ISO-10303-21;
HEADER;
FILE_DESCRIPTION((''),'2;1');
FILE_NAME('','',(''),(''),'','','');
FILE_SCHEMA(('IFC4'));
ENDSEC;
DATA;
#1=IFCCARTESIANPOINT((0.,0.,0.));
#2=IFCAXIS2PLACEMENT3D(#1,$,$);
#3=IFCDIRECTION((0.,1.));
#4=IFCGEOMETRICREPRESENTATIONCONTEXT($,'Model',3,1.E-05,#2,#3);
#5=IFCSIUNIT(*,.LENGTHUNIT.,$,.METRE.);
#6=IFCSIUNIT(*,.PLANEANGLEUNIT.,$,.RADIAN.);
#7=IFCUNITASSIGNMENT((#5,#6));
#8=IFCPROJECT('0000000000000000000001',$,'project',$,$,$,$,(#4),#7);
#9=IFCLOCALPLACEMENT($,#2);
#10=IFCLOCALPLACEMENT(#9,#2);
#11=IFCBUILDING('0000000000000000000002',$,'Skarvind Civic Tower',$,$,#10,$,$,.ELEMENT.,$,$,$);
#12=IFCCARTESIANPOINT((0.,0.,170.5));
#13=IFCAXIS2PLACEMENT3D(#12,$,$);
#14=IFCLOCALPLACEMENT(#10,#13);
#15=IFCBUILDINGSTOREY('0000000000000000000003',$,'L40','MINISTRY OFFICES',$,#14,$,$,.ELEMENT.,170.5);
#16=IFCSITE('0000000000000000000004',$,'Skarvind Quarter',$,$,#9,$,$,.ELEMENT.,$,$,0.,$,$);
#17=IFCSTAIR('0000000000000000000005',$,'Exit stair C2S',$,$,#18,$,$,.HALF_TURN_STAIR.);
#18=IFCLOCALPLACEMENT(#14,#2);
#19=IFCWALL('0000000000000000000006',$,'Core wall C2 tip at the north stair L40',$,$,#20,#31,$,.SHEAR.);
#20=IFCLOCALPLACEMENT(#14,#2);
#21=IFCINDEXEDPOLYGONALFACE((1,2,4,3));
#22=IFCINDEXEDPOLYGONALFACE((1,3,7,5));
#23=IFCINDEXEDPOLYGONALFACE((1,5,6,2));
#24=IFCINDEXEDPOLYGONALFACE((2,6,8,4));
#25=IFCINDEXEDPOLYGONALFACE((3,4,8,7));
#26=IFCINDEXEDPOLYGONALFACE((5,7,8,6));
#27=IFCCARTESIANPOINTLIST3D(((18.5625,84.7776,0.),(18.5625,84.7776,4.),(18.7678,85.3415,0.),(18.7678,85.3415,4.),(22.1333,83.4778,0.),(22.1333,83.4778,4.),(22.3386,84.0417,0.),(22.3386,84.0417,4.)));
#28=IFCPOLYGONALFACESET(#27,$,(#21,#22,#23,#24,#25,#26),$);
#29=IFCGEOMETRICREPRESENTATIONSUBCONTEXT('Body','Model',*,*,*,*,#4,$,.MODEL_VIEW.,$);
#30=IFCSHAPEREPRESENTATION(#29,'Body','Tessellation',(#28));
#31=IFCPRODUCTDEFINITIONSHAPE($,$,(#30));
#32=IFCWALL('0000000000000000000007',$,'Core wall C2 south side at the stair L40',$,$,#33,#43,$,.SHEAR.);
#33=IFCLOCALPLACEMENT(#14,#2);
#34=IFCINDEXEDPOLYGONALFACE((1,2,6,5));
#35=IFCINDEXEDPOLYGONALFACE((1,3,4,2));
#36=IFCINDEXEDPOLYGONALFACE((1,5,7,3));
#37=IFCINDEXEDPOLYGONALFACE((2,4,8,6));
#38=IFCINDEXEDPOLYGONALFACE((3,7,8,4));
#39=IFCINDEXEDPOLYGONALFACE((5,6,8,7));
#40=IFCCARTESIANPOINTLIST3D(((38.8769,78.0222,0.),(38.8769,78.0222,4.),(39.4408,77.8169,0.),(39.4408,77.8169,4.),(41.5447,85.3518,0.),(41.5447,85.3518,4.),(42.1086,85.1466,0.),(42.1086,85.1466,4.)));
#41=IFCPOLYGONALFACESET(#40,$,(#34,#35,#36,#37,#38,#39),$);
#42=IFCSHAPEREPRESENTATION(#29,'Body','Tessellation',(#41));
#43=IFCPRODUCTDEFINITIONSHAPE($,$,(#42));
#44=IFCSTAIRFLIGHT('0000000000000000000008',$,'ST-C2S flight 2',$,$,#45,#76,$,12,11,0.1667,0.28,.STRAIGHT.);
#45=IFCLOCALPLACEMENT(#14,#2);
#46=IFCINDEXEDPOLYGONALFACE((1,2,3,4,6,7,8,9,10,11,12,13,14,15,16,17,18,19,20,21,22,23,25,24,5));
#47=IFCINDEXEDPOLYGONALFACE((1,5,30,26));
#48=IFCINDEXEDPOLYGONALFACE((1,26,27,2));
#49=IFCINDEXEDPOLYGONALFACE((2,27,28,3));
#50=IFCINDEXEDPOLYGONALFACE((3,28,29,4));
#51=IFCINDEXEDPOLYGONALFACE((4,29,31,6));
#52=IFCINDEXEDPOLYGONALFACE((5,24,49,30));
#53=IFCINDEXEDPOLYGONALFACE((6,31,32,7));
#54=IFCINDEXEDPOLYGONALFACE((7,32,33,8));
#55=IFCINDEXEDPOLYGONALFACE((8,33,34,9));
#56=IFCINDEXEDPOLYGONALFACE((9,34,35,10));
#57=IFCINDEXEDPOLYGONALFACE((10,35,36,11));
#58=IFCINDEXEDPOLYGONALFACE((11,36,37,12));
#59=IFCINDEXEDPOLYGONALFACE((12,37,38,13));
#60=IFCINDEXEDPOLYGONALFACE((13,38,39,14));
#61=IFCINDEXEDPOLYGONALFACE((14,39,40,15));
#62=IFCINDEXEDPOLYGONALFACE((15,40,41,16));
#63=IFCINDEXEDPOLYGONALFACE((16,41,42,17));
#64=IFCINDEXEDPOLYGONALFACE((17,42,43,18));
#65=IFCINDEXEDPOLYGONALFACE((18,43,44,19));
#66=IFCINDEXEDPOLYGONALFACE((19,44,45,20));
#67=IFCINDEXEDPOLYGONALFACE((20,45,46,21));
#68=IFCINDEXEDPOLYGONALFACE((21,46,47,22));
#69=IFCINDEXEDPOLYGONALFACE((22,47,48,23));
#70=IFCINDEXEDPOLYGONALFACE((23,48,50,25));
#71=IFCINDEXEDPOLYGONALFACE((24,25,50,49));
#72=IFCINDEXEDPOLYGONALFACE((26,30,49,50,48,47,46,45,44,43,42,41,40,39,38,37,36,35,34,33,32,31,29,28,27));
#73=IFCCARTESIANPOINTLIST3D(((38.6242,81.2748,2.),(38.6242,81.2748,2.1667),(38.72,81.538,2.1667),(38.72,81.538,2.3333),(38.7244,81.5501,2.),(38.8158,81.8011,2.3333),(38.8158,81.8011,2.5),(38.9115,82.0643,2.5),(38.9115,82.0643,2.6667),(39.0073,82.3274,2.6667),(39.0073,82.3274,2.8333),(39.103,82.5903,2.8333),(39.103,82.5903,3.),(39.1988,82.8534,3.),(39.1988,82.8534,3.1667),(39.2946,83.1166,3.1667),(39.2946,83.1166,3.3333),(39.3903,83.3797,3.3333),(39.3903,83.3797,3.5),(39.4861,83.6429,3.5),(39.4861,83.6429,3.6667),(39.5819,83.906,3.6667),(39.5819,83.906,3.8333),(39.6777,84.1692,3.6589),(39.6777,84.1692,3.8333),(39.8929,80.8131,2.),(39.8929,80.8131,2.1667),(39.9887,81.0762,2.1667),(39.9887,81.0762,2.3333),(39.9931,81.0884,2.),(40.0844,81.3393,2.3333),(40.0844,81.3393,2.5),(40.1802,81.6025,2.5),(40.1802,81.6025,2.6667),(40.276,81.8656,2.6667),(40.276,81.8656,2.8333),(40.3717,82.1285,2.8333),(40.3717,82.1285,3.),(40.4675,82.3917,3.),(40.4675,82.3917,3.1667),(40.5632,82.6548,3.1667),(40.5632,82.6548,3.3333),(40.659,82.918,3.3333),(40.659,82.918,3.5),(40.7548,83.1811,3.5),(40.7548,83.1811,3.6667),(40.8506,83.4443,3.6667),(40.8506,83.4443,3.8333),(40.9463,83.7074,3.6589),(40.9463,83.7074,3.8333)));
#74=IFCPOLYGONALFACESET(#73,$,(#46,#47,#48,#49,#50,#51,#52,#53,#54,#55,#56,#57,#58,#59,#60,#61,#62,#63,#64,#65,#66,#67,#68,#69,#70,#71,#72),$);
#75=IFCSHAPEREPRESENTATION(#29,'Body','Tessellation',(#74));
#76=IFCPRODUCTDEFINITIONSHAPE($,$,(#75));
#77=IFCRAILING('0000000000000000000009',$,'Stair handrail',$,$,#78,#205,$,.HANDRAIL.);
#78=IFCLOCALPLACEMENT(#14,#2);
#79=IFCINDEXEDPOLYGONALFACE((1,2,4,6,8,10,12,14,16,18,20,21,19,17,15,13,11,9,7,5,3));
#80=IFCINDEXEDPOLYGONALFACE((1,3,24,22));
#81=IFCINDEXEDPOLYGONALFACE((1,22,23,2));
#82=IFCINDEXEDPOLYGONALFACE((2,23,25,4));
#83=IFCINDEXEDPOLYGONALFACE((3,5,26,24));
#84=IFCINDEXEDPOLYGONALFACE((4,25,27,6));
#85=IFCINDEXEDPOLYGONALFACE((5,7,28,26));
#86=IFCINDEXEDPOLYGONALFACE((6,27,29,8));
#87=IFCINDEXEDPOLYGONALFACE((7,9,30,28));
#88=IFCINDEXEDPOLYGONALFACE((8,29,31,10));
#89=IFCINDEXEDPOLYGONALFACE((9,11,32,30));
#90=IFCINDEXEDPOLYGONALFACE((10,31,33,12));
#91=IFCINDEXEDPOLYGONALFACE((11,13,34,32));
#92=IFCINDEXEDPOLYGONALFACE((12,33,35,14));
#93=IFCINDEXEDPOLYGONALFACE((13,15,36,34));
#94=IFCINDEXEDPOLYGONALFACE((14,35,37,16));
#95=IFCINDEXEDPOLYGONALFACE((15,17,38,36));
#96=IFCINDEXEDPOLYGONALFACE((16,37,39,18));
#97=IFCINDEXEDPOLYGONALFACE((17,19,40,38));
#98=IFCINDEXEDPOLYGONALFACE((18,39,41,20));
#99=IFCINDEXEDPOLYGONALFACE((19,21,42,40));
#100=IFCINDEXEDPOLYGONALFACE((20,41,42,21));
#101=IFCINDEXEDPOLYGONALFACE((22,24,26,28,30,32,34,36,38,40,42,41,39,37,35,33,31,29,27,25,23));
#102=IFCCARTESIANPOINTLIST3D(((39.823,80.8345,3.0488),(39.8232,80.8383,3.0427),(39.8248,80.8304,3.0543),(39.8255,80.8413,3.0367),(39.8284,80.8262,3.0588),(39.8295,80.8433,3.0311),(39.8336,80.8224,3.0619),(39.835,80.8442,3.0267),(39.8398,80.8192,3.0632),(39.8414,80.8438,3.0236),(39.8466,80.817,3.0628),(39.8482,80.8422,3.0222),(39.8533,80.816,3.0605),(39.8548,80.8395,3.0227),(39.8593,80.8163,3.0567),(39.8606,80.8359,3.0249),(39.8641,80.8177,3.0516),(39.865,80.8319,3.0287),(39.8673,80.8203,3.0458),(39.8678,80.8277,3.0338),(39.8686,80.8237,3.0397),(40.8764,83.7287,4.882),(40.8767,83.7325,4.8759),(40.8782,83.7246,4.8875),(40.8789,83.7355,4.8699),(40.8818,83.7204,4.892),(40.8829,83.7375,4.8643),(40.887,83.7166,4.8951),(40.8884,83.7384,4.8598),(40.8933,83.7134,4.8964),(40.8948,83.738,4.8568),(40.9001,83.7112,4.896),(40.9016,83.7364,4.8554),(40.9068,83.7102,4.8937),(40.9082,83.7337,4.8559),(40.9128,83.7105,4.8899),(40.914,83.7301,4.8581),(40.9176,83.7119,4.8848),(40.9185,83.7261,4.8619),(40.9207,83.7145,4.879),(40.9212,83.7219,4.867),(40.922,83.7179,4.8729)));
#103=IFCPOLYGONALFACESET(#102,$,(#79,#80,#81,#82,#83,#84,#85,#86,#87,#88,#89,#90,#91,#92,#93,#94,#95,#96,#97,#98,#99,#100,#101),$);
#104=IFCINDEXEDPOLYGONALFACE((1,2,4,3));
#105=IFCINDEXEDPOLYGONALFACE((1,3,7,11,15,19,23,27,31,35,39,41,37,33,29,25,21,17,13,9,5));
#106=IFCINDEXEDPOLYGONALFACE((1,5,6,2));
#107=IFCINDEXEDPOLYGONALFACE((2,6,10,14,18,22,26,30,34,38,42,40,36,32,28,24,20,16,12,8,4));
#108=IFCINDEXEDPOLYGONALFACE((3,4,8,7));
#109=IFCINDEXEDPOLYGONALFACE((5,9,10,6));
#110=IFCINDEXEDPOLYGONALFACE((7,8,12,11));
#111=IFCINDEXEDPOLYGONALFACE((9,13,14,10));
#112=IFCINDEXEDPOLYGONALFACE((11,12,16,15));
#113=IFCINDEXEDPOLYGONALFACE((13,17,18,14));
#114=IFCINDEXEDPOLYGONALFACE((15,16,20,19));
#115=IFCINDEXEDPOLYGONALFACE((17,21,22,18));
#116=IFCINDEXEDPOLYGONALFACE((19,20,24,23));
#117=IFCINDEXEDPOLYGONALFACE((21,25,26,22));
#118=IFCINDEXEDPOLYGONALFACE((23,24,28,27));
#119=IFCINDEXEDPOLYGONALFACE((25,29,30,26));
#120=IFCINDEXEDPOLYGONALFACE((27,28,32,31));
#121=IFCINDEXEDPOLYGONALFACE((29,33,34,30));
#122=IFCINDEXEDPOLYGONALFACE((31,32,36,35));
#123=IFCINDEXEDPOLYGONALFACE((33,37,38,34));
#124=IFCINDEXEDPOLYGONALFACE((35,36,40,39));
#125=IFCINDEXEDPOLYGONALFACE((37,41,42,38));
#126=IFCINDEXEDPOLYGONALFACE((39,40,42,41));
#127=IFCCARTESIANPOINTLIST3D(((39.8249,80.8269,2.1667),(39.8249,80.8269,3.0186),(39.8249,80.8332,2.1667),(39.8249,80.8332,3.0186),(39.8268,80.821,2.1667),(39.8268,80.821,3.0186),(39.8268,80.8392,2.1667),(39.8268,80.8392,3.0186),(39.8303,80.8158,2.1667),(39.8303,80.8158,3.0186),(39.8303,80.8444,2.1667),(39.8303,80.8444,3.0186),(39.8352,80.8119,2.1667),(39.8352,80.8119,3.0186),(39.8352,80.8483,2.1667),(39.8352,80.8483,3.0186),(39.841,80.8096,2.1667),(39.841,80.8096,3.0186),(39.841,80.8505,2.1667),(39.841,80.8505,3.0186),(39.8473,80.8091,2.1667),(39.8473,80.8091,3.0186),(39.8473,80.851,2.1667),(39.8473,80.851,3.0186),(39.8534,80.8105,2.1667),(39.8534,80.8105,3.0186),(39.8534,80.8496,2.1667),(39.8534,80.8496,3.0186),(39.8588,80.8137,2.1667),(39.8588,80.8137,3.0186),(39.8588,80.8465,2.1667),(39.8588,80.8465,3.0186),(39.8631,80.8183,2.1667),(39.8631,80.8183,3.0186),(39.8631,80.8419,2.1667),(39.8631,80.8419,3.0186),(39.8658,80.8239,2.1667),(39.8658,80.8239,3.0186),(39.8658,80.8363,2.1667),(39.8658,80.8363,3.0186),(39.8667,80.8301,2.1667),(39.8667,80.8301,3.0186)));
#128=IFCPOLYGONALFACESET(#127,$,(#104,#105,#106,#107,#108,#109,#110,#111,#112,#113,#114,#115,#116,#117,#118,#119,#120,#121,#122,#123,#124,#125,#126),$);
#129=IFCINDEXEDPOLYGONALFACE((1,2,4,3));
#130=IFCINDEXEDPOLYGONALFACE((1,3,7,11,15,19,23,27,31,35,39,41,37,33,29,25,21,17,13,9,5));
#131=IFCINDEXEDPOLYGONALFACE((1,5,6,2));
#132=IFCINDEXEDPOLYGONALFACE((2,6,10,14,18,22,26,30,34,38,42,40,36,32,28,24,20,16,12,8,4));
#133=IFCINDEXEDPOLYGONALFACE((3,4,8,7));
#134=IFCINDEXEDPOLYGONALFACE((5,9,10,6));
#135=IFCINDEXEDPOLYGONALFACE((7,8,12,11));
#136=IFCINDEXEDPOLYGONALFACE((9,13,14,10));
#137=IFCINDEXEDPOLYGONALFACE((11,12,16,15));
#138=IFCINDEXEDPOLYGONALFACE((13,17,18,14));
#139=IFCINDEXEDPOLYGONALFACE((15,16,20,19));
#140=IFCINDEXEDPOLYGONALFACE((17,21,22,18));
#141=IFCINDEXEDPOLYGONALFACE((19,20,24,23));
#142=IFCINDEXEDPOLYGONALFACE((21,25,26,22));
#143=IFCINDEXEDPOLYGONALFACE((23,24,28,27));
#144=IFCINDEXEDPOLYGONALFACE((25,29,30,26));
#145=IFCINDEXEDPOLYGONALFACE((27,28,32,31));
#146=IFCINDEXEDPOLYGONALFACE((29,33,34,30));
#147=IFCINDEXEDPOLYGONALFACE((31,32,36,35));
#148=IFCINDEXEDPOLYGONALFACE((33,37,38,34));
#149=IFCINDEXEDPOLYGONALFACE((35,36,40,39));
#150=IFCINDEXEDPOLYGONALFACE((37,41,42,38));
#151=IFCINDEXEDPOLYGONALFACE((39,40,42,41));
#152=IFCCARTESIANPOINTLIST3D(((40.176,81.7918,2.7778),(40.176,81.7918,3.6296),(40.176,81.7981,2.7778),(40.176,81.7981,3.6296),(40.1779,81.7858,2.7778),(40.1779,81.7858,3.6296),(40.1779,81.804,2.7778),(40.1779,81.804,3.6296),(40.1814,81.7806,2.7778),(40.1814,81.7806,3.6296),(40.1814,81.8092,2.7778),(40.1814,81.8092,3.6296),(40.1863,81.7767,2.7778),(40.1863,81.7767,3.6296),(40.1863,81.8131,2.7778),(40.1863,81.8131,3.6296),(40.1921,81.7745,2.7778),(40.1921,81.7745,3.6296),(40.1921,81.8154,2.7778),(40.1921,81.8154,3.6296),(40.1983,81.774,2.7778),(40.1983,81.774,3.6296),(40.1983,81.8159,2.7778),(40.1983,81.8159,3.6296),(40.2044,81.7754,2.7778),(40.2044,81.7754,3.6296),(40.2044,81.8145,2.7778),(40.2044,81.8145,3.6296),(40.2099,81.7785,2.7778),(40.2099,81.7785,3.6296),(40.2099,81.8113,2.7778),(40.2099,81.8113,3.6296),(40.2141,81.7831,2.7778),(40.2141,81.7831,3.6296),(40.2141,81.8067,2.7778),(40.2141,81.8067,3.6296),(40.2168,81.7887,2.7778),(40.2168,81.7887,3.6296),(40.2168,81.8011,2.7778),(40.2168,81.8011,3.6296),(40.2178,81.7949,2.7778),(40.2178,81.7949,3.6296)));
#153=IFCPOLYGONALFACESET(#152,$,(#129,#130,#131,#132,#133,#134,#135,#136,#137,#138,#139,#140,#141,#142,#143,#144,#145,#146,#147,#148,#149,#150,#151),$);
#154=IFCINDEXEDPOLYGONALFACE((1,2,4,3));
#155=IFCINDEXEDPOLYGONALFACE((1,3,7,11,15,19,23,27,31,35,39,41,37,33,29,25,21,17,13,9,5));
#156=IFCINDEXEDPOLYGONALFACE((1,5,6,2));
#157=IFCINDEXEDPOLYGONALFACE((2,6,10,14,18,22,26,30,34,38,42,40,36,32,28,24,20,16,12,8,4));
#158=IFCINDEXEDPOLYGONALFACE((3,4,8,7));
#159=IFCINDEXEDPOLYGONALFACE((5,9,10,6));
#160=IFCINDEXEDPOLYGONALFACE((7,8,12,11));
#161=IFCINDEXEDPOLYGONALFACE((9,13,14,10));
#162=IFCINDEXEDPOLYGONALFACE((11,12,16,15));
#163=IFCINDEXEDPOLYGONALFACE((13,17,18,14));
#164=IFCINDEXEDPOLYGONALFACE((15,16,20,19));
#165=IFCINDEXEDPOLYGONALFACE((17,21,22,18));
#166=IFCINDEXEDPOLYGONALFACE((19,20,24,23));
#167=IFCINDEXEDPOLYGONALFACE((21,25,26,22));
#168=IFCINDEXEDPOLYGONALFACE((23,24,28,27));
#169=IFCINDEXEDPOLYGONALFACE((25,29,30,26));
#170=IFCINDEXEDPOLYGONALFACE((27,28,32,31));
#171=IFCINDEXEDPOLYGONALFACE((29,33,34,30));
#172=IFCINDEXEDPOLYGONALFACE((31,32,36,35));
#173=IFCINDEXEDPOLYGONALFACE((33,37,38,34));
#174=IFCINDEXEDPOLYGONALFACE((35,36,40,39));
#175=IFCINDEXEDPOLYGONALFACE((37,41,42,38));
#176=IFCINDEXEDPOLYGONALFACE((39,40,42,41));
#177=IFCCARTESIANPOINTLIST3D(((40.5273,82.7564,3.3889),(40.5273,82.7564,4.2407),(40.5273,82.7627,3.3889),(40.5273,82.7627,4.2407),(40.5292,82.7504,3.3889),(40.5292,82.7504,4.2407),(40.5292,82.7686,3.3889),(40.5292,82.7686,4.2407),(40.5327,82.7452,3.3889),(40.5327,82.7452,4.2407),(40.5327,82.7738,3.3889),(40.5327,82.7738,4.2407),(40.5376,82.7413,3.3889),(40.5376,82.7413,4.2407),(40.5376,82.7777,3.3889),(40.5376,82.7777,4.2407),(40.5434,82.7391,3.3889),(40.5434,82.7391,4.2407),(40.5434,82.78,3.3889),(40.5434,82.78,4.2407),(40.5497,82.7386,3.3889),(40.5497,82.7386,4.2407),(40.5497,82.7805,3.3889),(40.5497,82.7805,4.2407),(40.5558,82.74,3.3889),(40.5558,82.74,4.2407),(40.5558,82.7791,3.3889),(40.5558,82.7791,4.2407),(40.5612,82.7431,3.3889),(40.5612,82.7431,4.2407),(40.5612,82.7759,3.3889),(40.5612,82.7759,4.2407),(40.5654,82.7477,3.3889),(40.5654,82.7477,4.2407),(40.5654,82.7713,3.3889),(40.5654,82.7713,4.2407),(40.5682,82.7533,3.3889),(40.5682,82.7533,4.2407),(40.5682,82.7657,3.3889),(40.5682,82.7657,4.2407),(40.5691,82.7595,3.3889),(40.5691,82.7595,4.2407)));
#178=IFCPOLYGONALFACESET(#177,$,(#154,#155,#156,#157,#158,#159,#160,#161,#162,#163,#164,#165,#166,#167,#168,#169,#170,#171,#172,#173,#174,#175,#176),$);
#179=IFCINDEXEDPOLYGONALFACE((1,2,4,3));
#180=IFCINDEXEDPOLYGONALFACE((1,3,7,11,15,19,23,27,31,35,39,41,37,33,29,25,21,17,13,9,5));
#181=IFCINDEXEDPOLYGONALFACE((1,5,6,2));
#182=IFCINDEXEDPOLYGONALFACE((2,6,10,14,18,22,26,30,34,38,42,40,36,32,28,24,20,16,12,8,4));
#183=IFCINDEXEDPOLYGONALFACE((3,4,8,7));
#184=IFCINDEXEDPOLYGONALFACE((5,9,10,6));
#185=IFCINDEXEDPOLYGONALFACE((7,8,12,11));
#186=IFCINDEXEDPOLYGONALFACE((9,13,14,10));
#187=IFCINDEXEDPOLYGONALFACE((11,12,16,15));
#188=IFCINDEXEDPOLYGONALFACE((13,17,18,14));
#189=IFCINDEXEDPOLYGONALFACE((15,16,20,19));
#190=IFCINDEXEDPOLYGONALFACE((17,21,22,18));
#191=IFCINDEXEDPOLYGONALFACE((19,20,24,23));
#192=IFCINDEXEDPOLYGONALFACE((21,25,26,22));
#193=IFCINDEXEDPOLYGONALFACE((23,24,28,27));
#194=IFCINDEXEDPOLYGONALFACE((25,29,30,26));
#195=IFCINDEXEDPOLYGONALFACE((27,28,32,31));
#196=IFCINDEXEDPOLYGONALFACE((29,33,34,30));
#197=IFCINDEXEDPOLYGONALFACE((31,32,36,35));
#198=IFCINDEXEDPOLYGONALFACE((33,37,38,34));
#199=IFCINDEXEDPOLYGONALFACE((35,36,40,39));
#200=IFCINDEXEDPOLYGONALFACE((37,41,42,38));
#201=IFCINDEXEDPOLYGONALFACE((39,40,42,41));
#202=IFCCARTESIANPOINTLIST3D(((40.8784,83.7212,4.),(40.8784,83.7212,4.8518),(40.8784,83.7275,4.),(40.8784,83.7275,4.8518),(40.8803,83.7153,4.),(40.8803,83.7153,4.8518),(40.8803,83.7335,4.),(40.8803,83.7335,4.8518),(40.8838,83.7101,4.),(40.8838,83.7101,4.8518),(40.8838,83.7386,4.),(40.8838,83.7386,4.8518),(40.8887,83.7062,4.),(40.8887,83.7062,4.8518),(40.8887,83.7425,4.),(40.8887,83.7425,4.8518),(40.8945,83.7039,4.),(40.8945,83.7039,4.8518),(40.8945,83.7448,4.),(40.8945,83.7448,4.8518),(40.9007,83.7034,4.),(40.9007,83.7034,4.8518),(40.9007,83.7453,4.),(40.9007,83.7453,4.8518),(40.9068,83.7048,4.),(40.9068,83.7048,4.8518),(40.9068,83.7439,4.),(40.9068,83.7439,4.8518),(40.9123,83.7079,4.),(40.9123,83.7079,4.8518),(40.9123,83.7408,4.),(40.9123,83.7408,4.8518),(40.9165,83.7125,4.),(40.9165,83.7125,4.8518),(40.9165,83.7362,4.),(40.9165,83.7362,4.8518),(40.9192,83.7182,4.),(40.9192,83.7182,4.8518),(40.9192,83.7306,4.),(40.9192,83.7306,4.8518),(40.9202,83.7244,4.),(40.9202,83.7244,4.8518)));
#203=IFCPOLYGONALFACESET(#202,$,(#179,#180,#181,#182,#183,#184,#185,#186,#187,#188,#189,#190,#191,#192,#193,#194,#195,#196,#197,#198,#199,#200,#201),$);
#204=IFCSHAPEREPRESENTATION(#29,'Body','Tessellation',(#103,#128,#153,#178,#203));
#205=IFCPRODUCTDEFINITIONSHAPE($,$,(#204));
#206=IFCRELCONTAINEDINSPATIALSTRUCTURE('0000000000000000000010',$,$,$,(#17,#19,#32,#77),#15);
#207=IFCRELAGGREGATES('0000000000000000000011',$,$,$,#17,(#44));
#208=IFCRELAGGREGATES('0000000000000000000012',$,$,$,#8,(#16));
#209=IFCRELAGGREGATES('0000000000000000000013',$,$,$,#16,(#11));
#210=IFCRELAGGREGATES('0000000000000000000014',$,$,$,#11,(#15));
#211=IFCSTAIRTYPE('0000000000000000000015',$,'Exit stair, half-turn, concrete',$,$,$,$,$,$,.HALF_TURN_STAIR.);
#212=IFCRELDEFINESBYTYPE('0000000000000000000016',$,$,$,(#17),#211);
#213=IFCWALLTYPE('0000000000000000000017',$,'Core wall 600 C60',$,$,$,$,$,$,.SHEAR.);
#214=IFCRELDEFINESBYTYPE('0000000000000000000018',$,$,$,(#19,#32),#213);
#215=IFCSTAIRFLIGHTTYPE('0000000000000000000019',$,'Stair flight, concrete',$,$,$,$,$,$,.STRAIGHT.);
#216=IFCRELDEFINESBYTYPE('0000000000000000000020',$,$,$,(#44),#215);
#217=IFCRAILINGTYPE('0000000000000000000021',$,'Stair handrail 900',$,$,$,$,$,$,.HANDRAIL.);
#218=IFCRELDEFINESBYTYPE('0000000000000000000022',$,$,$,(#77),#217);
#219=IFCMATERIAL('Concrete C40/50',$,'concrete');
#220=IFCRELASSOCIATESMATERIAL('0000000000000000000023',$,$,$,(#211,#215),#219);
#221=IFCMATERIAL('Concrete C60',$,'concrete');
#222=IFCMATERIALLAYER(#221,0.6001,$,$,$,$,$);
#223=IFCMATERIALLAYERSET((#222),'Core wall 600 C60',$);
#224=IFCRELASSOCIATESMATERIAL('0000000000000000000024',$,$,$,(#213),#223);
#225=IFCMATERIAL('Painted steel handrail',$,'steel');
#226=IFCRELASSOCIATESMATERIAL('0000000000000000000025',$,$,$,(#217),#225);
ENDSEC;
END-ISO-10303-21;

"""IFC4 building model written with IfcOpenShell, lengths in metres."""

from ifc_helpers import new_model, si_unit, direction, frame, frame_2d, origin, origin_2d, place, context, subcontext, project, spatial, polyline, rectangle, circle, outline, extrude, material, layer, layer_set, type_object, element, aggregate, save


model = new_model("IFC4")

# Units and contexts
model_context = context("Model", 3, precision=1e-05, world=origin(), true_north=direction((0.0, 1.0)))
body_context = subcontext(model_context, "Body", "Model", "MODEL_VIEW")
ifc_project = project(units=[si_unit("LENGTHUNIT", "METRE"), si_unit("PLANEANGLEUNIT", "RADIAN")], contexts=[model_context])

# Site, building, storey
site_placement = place(None, origin())
site = spatial("IfcSite", under=ifc_project, at=site_placement, Name="Skarvind Quarter", CompositionType="ELEMENT", RefElevation=0.0)
building_placement = place(site_placement, origin())
building = spatial("IfcBuilding", under=site, at=building_placement, Name="Skarvind Civic Tower", CompositionType="ELEMENT")
storey_placement = place(building_placement, frame((0.0, 0.0, 170.5)))
storey = spatial("IfcBuildingStorey", under=building, at=storey_placement, Name="L40", Description="MINISTRY OFFICES", CompositionType="ELEMENT", Elevation=170.5)

# Shared definitions
ifc_material_1 = material(Name="Concrete C40/50", Category="concrete")

# Stair
stair_type_1 = type_object("IfcStairType", Name="Exit stair, half-turn, concrete", PredefinedType="HALF_TURN_STAIR", material=ifc_material_1)
stair_1_placement = place(storey_placement, origin())
stair_1 = element("IfcStair", 1, at=stair_1_placement, inside=storey, type_object=stair_type_1, Name="Exit stair C2S", PredefinedType="HALF_TURN_STAIR")

# Shared definitions
ifc_material_2 = material(Name="Concrete C60", Category="concrete")

# Walls
ifc_layer_1 = layer(ifc_material_2, 0.6001)
ifc_layer_set_1 = layer_set([ifc_layer_1], Name="Core wall 600 C60")
wall_type_1 = type_object("IfcWallType", Name="Core wall 600 C60", PredefinedType="SHEAR", material=ifc_layer_set_1)
for number, where, z_axis, x_axis, name in (
    (2, (22.2358, 83.7598, 0.0), (0.0, 0.0, 1.0), (-0.939681, 0.342053, 0.0), "Core wall C2 tip at the north stair L40"),
):
    element("IfcWall", number, at=place(storey_placement, frame(where, z_axis=z_axis, x_axis=x_axis)), inside=storey, type_object=wall_type_1, Name=name, PredefinedType="SHEAR", context=body_context, shape_type="SweptSolid", body=[
        extrude(rectangle(XDim=3.8, YDim=0.6001, at=frame_2d((1.8999, 0.0))), origin(), (0.0, 0.0, 1.0), 4.0),
    ])
wall_1_placement = place(storey_placement, frame((39.1589, 77.9197, 0.0), z_axis=(0.0, 0.0, 1.0), x_axis=(0.342017, 0.939694, 0.0)))
element("IfcWall", 3, at=wall_1_placement, inside=storey, type_object=wall_type_1, Name="Core wall C2 south side at the stair L40", PredefinedType="SHEAR", context=body_context, shape_type="SweptSolid", body=[
    extrude(rectangle(XDim=7.8, YDim=0.6001, at=frame_2d((3.8999, 0.0))), origin(), (0.0, 0.0, 1.0), 4.0),
])

# Stair flight
stair_flight_type = type_object("IfcStairFlightType", Name="Stair flight, concrete", PredefinedType="STRAIGHT", material=ifc_material_1)
stair_flight_placement = place(storey_placement, frame((39.2585, 81.0439, 2.0), z_axis=(0.0, 0.0, 1.0), x_axis=(0.34202, 0.939693, 0.0)))
stair_flight = element("IfcStairFlight", 4, at=stair_flight_placement, type_object=stair_flight_type, Name="ST-C2S flight 2", NumberOfRisers=12, NumberOfTreads=11, PredefinedType="STRAIGHT", RiserHeight=0.1667, TreadLength=0.28, context=body_context, shape_type="SweptSolid", body=[
    extrude(outline(polyline([(0.0, 0.0), (0.0, 0.1667), (0.28, 0.1667), (0.28, 0.3333), (0.5601, 0.3333), (0.5601, 0.5), (0.8401, 0.5), (0.8401, 0.6667), (1.1201, 0.6667), (1.1201, 0.8333), (1.3999, 0.8333), (1.3999, 1.0), (1.6799, 1.0), (1.6799, 1.1667), (1.96, 1.1667), (1.96, 1.3333), (2.24, 1.3333), (2.24, 1.5), (2.52, 1.5), (2.52, 1.6667), (2.8, 1.6667), (2.8, 1.8333), (3.0801, 1.8333), (3.0801, 2.0), (3.0801, 1.6589), (0.293, 0.0), (0.0, 0.0)])), frame((0.0, 0.675, 0.0), z_axis=(0.0, -1.0, 0.0), x_axis=(1.0, 0.0, 0.0)), (0.0, 0.0, 1.0), 1.3501),
])
aggregate(stair_1, [stair_flight])

# Railing
ifc_material_3 = material(Name="Painted steel handrail", Category="steel")
railing_type = type_object("IfcRailingType", Name="Stair handrail 900", PredefinedType="HANDRAIL", material=ifc_material_3)
railing_placement = place(storey_placement, frame((39.8457, 80.8301, 2.1667)))
element("IfcRailing", 5, at=railing_placement, inside=storey, type_object=railing_type, Name="Stair handrail", PredefinedType="HANDRAIL", context=body_context, shape_type="SweptSolid", body=[
    extrude(circle(Radius=0.0239, at=origin_2d()), frame((0.0, 0.0, 0.876), z_axis=(0.293908, 0.807481, 0.511461), x_axis=(-0.939689, 0.342029, 0.0)), (0.0, 0.0, 1.0), 3.5842),
    extrude(circle(Radius=0.021, at=origin_2d()), origin(), (0.0, 0.0, 1.0), 0.8518),
    extrude(circle(Radius=0.021, at=origin_2d()), frame((0.3511, 0.9648, 0.6111)), (0.0, 0.0, 1.0), 0.8518),
    extrude(circle(Radius=0.021, at=origin_2d()), frame((0.7024, 1.9294, 1.2222)), (0.0, 0.0, 1.0), 0.8518),
    extrude(circle(Radius=0.021, at=origin_2d()), frame((1.0535, 2.8943, 1.8333)), (0.0, 0.0, 1.0), 0.8518),
])

save(model, "model.ifc")
